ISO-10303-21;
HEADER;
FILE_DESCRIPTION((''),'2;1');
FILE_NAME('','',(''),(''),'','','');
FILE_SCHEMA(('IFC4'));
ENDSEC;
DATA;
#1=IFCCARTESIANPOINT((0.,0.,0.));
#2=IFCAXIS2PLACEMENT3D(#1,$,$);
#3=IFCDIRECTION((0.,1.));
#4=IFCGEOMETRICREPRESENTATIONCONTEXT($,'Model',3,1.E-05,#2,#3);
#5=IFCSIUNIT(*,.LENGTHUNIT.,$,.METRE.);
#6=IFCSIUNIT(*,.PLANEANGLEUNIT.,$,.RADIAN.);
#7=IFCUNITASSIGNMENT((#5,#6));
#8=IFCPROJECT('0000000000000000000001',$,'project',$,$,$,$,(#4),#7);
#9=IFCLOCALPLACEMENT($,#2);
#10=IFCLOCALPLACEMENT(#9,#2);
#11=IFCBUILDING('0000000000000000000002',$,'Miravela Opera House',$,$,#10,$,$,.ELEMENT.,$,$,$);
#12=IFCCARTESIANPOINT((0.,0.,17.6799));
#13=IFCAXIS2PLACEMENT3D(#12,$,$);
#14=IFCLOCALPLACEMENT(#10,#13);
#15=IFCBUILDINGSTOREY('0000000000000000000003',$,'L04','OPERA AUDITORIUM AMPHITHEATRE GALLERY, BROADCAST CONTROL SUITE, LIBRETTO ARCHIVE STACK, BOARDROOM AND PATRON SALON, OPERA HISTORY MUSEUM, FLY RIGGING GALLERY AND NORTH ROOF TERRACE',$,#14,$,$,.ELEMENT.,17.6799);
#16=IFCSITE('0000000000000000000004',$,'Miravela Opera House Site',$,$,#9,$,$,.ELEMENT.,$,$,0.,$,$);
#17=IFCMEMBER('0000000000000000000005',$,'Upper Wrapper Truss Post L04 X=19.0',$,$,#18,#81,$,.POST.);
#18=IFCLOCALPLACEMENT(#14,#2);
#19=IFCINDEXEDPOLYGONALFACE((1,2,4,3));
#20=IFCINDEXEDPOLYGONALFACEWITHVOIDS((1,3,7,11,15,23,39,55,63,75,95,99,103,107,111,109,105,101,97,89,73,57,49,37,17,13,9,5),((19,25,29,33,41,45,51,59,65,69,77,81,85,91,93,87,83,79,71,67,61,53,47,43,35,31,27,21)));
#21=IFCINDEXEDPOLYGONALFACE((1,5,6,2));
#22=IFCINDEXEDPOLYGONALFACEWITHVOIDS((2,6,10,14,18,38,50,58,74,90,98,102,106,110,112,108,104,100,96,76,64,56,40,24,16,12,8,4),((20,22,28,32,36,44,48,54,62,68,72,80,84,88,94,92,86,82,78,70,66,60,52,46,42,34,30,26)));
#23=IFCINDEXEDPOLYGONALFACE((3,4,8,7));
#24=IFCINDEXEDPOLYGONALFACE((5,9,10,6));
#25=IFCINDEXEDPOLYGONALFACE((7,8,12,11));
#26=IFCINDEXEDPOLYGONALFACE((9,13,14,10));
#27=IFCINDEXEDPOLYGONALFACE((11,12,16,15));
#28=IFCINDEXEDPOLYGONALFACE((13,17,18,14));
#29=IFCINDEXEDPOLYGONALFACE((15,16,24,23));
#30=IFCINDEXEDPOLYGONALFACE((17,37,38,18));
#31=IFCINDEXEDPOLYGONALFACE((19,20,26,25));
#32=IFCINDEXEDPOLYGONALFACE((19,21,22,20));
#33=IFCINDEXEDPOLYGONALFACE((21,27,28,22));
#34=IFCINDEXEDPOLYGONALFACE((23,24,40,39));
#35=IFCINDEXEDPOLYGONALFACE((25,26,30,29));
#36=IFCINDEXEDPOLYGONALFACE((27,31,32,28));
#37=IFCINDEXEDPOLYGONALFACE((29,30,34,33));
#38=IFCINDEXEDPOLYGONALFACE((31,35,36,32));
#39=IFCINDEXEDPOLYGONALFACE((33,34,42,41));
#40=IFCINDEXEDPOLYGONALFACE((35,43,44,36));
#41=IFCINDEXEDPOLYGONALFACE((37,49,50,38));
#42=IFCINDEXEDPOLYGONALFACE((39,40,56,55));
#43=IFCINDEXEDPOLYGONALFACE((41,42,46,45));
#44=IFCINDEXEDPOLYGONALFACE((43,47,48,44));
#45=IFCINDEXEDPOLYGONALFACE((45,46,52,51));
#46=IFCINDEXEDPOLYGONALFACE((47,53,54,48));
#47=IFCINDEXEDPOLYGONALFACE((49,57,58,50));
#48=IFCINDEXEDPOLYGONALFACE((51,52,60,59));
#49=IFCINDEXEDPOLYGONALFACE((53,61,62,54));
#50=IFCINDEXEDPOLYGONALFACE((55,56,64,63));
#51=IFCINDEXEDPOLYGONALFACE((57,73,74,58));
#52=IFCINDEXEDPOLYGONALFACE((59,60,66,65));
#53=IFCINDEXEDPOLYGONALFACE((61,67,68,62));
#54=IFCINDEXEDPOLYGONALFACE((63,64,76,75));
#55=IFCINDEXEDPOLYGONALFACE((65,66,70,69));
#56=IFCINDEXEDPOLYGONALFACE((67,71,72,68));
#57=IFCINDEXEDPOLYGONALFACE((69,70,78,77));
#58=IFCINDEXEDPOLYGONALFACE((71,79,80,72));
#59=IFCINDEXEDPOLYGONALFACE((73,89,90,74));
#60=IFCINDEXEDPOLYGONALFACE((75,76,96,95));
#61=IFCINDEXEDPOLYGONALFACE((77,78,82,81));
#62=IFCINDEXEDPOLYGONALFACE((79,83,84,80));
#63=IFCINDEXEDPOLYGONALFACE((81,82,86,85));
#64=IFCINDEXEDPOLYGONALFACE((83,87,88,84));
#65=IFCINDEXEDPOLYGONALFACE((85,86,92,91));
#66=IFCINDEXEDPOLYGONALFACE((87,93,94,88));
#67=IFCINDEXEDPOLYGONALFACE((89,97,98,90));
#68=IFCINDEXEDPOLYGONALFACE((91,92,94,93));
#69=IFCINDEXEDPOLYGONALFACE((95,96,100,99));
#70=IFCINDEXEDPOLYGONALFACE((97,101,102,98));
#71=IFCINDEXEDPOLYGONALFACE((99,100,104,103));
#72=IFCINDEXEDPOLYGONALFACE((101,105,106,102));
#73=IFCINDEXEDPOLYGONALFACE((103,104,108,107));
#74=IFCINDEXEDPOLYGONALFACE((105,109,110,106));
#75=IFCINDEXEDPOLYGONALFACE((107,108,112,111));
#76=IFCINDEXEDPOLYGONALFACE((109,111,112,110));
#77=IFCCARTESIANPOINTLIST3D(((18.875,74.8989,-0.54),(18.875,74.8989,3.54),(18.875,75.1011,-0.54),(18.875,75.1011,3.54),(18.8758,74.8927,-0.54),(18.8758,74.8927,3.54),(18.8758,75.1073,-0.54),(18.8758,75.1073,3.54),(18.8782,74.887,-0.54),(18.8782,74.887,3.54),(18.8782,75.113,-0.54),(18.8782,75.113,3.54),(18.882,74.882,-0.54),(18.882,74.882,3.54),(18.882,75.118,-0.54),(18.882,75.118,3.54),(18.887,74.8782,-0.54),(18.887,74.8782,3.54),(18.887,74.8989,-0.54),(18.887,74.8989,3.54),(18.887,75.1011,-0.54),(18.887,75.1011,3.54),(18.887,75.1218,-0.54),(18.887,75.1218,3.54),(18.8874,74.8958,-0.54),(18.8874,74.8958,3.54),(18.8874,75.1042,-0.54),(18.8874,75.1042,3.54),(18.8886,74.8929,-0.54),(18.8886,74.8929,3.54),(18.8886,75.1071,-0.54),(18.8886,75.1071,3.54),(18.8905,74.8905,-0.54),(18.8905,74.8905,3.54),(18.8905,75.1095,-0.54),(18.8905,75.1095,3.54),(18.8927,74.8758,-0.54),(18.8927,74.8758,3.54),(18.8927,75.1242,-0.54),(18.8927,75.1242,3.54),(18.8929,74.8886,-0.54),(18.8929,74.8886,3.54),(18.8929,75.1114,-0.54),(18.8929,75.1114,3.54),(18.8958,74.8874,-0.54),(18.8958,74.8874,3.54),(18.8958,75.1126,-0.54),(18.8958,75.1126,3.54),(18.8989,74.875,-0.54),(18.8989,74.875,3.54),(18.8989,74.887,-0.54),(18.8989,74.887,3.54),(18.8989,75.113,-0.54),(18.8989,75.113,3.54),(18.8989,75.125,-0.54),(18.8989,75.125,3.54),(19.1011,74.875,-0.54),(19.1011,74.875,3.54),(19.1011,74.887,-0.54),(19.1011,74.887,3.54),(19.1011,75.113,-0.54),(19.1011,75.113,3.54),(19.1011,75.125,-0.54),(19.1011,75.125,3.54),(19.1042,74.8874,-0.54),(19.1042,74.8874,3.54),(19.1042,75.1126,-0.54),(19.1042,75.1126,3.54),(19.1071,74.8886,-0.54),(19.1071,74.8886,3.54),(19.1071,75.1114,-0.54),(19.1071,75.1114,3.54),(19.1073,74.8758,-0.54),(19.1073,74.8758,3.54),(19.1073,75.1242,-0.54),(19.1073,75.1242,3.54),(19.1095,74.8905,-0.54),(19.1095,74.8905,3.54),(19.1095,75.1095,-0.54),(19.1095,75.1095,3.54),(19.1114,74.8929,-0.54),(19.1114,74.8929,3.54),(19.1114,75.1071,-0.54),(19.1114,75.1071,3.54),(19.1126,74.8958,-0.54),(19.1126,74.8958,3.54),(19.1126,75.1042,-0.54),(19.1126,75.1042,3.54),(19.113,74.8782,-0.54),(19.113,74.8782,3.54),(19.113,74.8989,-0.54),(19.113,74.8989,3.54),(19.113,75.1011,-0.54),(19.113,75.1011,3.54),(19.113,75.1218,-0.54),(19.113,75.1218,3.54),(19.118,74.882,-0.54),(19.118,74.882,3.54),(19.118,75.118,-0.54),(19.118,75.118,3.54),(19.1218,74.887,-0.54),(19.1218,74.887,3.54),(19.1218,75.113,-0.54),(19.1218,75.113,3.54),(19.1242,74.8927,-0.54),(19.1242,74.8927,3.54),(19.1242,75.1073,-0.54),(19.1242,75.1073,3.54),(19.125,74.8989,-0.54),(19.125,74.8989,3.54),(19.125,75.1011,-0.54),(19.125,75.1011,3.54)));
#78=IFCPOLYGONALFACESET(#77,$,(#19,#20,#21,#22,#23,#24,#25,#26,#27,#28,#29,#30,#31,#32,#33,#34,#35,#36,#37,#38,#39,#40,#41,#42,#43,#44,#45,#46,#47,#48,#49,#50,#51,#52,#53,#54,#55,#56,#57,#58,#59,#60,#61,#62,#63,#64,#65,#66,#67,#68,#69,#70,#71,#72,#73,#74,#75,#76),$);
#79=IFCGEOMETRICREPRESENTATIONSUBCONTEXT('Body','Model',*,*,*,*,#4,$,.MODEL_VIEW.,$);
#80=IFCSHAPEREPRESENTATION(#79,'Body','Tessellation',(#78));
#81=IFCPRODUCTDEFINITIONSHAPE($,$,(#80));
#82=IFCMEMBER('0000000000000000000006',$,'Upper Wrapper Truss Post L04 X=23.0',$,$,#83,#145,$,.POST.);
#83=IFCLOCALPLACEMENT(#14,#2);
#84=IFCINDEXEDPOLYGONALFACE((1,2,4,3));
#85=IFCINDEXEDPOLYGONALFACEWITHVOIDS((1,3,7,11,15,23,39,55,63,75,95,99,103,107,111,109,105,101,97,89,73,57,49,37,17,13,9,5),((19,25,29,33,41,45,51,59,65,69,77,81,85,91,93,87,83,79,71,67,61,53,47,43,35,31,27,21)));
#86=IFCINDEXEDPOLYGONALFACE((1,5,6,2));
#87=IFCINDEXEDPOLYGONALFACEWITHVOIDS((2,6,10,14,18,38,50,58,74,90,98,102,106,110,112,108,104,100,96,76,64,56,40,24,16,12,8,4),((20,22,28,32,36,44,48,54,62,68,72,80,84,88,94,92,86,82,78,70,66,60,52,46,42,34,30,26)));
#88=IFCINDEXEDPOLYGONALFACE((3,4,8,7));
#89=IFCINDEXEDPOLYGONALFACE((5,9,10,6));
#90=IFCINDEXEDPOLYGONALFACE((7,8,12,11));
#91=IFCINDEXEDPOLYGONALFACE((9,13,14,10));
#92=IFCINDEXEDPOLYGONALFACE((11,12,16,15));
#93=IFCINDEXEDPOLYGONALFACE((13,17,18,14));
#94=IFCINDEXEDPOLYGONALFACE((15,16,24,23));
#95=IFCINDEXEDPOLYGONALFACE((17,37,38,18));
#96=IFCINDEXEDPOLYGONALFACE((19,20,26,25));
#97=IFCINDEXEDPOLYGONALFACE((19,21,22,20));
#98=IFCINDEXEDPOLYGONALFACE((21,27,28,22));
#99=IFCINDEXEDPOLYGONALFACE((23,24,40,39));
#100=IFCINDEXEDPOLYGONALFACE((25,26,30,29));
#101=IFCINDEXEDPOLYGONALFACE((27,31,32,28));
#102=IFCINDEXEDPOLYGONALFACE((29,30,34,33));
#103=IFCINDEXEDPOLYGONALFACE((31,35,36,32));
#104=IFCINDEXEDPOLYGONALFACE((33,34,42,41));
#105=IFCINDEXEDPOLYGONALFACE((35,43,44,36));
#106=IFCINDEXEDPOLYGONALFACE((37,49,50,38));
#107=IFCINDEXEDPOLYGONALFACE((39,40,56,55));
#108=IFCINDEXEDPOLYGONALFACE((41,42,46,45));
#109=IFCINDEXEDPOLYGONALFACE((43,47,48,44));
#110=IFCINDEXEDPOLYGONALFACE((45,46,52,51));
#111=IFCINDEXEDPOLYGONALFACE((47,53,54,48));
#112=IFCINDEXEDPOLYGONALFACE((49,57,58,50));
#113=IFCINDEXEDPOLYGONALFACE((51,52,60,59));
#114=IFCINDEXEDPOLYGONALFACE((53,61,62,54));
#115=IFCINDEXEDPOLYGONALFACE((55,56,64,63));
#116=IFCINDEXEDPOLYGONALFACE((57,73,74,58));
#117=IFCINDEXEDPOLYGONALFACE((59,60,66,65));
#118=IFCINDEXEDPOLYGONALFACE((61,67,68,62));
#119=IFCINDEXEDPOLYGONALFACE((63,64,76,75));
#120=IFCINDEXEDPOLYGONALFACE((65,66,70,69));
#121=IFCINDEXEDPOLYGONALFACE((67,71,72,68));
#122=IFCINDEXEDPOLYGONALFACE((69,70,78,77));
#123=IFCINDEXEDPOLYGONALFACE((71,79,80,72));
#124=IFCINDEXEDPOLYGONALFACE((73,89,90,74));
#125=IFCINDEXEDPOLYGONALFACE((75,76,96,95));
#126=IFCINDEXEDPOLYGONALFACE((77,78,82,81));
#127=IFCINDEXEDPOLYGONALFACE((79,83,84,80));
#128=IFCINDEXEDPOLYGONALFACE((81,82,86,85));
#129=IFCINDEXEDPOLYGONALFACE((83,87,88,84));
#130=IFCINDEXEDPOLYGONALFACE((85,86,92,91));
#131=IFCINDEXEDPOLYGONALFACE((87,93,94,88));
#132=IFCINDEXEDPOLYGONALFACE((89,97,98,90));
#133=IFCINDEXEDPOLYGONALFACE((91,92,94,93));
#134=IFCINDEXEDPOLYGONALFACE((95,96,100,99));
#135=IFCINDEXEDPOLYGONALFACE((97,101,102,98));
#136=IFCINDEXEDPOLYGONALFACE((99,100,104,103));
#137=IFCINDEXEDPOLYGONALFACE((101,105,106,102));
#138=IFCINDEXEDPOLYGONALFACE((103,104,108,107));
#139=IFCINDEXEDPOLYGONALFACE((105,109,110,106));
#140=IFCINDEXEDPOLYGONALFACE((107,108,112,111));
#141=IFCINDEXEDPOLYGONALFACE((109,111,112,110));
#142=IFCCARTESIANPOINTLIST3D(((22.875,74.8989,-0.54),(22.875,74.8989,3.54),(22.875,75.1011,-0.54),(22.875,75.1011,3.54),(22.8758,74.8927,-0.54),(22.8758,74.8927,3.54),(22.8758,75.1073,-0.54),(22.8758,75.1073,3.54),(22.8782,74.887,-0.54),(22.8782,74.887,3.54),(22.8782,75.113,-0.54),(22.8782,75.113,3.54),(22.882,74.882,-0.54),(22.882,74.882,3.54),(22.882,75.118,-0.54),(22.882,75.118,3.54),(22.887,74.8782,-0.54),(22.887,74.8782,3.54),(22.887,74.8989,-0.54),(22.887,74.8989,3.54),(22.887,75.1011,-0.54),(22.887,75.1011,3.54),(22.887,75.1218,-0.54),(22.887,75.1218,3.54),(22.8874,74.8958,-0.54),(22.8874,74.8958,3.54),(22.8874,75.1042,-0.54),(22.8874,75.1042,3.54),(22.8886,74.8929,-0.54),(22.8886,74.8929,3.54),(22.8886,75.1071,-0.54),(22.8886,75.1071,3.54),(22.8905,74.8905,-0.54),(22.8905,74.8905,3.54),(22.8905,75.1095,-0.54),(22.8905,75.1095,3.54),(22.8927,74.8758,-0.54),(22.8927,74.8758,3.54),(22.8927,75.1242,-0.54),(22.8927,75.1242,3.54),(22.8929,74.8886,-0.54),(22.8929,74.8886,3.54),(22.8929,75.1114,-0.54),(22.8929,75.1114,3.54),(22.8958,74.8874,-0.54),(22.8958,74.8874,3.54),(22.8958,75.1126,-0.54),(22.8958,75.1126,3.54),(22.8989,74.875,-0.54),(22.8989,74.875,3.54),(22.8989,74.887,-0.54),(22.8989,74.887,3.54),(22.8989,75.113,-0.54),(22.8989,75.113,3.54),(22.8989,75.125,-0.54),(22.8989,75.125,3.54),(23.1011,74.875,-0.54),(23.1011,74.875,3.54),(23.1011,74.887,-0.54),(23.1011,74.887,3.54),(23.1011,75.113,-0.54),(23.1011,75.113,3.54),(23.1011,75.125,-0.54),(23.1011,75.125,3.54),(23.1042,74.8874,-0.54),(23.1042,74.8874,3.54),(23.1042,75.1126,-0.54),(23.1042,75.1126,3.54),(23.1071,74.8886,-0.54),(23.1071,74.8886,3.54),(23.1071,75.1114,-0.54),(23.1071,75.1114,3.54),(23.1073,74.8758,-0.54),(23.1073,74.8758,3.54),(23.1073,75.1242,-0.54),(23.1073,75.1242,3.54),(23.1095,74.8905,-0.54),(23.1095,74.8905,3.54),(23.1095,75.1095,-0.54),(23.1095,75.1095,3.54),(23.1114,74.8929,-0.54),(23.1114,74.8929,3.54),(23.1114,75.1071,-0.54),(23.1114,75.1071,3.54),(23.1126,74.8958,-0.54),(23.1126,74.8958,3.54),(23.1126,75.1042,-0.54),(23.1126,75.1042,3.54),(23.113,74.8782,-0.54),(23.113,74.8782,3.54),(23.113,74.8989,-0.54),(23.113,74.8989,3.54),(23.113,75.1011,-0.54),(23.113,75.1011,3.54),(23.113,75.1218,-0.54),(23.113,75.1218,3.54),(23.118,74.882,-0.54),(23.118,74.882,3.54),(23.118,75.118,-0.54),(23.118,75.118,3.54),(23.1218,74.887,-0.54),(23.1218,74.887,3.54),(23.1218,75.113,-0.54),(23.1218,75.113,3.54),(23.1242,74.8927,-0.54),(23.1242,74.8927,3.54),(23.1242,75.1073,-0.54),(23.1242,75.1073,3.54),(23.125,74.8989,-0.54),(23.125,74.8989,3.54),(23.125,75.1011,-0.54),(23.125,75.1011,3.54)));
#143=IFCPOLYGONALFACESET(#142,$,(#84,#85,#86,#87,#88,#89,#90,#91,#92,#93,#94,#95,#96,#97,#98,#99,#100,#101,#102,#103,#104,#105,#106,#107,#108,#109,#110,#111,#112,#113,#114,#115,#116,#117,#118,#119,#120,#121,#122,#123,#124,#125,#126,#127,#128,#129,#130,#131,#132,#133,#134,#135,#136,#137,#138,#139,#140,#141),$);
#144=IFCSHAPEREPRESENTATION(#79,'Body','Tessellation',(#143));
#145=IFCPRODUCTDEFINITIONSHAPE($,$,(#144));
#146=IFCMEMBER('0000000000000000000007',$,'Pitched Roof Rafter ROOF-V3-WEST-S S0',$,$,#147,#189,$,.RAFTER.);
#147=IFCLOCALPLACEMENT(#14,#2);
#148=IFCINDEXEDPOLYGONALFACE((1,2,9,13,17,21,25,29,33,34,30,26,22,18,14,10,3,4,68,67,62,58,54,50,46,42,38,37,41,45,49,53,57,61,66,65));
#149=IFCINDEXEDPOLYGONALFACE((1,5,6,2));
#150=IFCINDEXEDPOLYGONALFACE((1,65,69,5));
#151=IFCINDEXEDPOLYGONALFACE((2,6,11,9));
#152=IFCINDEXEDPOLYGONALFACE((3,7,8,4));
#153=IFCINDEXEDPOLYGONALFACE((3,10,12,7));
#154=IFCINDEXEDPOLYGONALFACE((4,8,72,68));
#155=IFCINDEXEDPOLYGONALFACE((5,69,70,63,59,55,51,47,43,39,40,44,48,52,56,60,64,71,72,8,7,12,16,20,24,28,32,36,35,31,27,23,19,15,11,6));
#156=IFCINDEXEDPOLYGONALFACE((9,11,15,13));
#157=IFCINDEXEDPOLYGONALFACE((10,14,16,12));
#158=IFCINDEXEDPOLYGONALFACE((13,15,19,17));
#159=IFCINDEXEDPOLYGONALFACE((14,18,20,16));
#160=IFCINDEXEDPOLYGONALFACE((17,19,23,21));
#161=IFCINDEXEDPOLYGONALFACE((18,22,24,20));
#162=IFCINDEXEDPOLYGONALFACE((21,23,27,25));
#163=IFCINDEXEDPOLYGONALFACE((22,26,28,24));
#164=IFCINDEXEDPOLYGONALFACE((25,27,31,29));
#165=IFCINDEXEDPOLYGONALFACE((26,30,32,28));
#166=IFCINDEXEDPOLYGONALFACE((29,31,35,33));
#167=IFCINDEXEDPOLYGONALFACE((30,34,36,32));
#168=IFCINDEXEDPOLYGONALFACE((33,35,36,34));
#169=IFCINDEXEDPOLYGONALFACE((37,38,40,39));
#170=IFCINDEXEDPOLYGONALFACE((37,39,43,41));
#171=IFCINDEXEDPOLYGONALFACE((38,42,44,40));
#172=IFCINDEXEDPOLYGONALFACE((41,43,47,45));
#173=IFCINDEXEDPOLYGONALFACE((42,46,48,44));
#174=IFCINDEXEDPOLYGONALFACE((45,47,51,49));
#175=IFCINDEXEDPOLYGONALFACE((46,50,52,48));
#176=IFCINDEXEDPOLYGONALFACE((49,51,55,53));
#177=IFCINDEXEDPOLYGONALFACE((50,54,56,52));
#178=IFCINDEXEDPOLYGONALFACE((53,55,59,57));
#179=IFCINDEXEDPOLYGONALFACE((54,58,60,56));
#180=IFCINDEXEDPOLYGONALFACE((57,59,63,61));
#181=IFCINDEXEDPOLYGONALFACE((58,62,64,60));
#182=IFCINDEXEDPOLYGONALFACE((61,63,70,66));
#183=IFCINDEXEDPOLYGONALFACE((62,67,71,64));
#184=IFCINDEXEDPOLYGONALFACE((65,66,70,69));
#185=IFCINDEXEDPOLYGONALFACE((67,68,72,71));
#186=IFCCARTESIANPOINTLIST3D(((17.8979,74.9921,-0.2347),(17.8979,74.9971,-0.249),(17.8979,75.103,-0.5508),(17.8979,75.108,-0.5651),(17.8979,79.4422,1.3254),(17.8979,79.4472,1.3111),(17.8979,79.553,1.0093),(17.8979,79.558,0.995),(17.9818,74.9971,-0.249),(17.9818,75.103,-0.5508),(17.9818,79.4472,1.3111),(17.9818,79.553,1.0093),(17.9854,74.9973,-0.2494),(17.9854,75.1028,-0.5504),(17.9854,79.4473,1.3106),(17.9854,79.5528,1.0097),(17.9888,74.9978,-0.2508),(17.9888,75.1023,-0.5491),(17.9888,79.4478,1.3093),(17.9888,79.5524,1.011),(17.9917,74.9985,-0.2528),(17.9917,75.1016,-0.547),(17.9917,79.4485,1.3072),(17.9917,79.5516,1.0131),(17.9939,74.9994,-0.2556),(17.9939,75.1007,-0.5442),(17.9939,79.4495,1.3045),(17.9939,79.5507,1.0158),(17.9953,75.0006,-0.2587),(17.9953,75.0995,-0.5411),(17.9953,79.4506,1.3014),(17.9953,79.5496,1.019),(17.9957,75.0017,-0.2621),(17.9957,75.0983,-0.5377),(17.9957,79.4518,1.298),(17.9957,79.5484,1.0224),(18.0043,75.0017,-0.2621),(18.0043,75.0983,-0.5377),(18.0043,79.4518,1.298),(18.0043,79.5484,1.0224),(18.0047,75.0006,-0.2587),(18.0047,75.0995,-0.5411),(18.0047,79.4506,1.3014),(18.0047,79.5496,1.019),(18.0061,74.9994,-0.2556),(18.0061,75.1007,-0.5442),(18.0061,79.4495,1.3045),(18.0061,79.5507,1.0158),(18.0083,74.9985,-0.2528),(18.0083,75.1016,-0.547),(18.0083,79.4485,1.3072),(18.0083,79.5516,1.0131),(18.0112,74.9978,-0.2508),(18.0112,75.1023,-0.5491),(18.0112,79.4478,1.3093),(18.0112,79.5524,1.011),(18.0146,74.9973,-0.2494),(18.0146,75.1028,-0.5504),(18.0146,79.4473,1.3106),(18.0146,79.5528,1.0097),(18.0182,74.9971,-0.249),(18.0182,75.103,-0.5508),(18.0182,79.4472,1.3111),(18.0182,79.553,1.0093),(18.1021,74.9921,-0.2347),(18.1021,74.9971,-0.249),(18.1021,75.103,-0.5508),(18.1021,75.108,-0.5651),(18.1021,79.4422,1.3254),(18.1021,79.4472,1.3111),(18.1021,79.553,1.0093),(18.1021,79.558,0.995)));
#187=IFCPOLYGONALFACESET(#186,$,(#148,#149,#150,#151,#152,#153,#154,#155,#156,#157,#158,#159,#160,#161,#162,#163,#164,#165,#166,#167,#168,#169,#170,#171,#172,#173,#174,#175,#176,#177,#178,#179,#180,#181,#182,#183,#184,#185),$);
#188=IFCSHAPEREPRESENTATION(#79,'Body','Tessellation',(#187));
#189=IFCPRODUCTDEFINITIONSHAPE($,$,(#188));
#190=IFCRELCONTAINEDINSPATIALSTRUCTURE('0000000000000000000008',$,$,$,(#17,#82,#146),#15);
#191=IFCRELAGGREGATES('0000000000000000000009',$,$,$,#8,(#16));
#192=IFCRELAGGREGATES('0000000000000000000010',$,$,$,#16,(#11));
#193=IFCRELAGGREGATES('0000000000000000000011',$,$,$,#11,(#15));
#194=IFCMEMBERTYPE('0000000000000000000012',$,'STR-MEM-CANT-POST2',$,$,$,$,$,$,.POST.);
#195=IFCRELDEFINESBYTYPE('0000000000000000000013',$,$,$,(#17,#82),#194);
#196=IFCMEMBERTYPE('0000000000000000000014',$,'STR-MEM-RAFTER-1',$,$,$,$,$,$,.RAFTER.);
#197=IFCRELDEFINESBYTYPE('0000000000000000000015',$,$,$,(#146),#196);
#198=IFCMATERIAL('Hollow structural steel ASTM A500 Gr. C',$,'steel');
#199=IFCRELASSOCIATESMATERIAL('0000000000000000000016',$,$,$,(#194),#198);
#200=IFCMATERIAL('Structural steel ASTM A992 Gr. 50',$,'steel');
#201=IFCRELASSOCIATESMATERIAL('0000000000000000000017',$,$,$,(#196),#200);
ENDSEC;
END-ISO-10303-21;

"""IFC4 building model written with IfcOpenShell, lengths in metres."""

from ifc_helpers import new_model, si_unit, direction, frame, origin, origin_2d, place, context, subcontext, project, spatial, hollow_rectangle, i_section, extrude, material, material_profile, profile_set, type_object, element, save


model = new_model("IFC4")

# Units and contexts
model_context = context("Model", 3, precision=1e-05, world=origin(), true_north=direction((0.0, 1.0)))
body_context = subcontext(model_context, "Body", "Model", "MODEL_VIEW")
ifc_project = project(units=[si_unit("LENGTHUNIT", "METRE"), si_unit("PLANEANGLEUNIT", "RADIAN")], contexts=[model_context])

# Site, building, storey
site_placement = place(None, origin())
site = spatial("IfcSite", under=ifc_project, at=site_placement, Name="Miravela Opera House Site", CompositionType="ELEMENT", RefElevation=0.0)
building_placement = place(site_placement, origin())
building = spatial("IfcBuilding", under=site, at=building_placement, Name="Miravela Opera House", CompositionType="ELEMENT")
storey_placement = place(building_placement, frame((0.0, 0.0, 17.6799)))
storey = spatial("IfcBuildingStorey", under=building, at=storey_placement, Name="L04", Description="OPERA AUDITORIUM AMPHITHEATRE GALLERY, BROADCAST CONTROL SUITE, LIBRETTO ARCHIVE STACK, BOARDROOM AND PATRON SALON, OPERA HISTORY MUSEUM, FLY RIGGING GALLERY AND NORTH ROOF TERRACE", CompositionType="ELEMENT", Elevation=17.6799)

# Shared definitions
ifc_material_1 = material(Name="Structural steel ASTM A992 Gr. 50", Category="steel")

# Members
ifc_material_2 = material(Name="Hollow structural steel ASTM A500 Gr. C", Category="steel")
ifc_material_profile_1 = material_profile(ifc_material_2, hollow_rectangle(XDim=0.25, YDim=0.25, WallThickness=0.012, InnerFilletRadius=0.012, OuterFilletRadius=0.0239, at=origin_2d()), Name="HSS250X250X12")
ifc_profile_set_1 = profile_set([ifc_material_profile_1])
member_type_1 = type_object("IfcMemberType", Name="STR-MEM-CANT-POST2", PredefinedType="POST", material=ifc_profile_set_1)
for number, where, z_axis, x_axis, name in (
    (1, (19.0, 75.0, -0.54), (0.0, 0.0, 1.0), (1.0, 0.0, 0.0), "Upper Wrapper Truss Post L04 X=19.0"),
    (2, (23.0, 75.0, -0.54), (0.0, 0.0, 1.0), (1.0, 0.0, 0.0), "Upper Wrapper Truss Post L04 X=23.0"),
):
    element("IfcMember", number, at=place(storey_placement, frame(where, z_axis=z_axis, x_axis=x_axis)), inside=storey, type_object=member_type_1, Name=name, PredefinedType="POST", context=body_context, shape_type="SweptSolid", body=[
        extrude(hollow_rectangle(XDim=0.25, YDim=0.25, WallThickness=0.012, InnerFilletRadius=0.012, OuterFilletRadius=0.0239, at=origin_2d()), origin(), (0.0, 0.0, 1.0), 4.0801),
    ])
ifc_material_profile_2 = material_profile(ifc_material_1, i_section(OverallWidth=0.2041, OverallDepth=0.3501, WebThickness=0.0085, FlangeThickness=0.0151, FilletRadius=0.0139, at=origin_2d()), Name="W360X72")
ifc_profile_set_2 = profile_set([ifc_material_profile_2])
member_type_2 = type_object("IfcMemberType", Name="STR-MEM-RAFTER-1", PredefinedType="RAFTER", material=ifc_profile_set_2)
for number, where, z_axis, x_axis, name in (
    (3, (18.0, 75.05, -0.3999), (0.0, 0.943688, 0.330837), (-1.0, 0.0, 0.0), "Pitched Roof Rafter ROOF-V3-WEST-S S0"),
):
    element("IfcMember", number, at=place(storey_placement, frame(where, z_axis=z_axis, x_axis=x_axis)), inside=storey, type_object=member_type_2, Name=name, PredefinedType="RAFTER", context=body_context, shape_type="SweptSolid", body=[
        extrude(i_section(OverallWidth=0.2041, OverallDepth=0.3501, WebThickness=0.0085, FlangeThickness=0.0151, FilletRadius=0.0139, at=origin_2d()), origin(), (0.0, 0.0, 1.0), 4.7156),
    ])

save(model, "model.ifc")
